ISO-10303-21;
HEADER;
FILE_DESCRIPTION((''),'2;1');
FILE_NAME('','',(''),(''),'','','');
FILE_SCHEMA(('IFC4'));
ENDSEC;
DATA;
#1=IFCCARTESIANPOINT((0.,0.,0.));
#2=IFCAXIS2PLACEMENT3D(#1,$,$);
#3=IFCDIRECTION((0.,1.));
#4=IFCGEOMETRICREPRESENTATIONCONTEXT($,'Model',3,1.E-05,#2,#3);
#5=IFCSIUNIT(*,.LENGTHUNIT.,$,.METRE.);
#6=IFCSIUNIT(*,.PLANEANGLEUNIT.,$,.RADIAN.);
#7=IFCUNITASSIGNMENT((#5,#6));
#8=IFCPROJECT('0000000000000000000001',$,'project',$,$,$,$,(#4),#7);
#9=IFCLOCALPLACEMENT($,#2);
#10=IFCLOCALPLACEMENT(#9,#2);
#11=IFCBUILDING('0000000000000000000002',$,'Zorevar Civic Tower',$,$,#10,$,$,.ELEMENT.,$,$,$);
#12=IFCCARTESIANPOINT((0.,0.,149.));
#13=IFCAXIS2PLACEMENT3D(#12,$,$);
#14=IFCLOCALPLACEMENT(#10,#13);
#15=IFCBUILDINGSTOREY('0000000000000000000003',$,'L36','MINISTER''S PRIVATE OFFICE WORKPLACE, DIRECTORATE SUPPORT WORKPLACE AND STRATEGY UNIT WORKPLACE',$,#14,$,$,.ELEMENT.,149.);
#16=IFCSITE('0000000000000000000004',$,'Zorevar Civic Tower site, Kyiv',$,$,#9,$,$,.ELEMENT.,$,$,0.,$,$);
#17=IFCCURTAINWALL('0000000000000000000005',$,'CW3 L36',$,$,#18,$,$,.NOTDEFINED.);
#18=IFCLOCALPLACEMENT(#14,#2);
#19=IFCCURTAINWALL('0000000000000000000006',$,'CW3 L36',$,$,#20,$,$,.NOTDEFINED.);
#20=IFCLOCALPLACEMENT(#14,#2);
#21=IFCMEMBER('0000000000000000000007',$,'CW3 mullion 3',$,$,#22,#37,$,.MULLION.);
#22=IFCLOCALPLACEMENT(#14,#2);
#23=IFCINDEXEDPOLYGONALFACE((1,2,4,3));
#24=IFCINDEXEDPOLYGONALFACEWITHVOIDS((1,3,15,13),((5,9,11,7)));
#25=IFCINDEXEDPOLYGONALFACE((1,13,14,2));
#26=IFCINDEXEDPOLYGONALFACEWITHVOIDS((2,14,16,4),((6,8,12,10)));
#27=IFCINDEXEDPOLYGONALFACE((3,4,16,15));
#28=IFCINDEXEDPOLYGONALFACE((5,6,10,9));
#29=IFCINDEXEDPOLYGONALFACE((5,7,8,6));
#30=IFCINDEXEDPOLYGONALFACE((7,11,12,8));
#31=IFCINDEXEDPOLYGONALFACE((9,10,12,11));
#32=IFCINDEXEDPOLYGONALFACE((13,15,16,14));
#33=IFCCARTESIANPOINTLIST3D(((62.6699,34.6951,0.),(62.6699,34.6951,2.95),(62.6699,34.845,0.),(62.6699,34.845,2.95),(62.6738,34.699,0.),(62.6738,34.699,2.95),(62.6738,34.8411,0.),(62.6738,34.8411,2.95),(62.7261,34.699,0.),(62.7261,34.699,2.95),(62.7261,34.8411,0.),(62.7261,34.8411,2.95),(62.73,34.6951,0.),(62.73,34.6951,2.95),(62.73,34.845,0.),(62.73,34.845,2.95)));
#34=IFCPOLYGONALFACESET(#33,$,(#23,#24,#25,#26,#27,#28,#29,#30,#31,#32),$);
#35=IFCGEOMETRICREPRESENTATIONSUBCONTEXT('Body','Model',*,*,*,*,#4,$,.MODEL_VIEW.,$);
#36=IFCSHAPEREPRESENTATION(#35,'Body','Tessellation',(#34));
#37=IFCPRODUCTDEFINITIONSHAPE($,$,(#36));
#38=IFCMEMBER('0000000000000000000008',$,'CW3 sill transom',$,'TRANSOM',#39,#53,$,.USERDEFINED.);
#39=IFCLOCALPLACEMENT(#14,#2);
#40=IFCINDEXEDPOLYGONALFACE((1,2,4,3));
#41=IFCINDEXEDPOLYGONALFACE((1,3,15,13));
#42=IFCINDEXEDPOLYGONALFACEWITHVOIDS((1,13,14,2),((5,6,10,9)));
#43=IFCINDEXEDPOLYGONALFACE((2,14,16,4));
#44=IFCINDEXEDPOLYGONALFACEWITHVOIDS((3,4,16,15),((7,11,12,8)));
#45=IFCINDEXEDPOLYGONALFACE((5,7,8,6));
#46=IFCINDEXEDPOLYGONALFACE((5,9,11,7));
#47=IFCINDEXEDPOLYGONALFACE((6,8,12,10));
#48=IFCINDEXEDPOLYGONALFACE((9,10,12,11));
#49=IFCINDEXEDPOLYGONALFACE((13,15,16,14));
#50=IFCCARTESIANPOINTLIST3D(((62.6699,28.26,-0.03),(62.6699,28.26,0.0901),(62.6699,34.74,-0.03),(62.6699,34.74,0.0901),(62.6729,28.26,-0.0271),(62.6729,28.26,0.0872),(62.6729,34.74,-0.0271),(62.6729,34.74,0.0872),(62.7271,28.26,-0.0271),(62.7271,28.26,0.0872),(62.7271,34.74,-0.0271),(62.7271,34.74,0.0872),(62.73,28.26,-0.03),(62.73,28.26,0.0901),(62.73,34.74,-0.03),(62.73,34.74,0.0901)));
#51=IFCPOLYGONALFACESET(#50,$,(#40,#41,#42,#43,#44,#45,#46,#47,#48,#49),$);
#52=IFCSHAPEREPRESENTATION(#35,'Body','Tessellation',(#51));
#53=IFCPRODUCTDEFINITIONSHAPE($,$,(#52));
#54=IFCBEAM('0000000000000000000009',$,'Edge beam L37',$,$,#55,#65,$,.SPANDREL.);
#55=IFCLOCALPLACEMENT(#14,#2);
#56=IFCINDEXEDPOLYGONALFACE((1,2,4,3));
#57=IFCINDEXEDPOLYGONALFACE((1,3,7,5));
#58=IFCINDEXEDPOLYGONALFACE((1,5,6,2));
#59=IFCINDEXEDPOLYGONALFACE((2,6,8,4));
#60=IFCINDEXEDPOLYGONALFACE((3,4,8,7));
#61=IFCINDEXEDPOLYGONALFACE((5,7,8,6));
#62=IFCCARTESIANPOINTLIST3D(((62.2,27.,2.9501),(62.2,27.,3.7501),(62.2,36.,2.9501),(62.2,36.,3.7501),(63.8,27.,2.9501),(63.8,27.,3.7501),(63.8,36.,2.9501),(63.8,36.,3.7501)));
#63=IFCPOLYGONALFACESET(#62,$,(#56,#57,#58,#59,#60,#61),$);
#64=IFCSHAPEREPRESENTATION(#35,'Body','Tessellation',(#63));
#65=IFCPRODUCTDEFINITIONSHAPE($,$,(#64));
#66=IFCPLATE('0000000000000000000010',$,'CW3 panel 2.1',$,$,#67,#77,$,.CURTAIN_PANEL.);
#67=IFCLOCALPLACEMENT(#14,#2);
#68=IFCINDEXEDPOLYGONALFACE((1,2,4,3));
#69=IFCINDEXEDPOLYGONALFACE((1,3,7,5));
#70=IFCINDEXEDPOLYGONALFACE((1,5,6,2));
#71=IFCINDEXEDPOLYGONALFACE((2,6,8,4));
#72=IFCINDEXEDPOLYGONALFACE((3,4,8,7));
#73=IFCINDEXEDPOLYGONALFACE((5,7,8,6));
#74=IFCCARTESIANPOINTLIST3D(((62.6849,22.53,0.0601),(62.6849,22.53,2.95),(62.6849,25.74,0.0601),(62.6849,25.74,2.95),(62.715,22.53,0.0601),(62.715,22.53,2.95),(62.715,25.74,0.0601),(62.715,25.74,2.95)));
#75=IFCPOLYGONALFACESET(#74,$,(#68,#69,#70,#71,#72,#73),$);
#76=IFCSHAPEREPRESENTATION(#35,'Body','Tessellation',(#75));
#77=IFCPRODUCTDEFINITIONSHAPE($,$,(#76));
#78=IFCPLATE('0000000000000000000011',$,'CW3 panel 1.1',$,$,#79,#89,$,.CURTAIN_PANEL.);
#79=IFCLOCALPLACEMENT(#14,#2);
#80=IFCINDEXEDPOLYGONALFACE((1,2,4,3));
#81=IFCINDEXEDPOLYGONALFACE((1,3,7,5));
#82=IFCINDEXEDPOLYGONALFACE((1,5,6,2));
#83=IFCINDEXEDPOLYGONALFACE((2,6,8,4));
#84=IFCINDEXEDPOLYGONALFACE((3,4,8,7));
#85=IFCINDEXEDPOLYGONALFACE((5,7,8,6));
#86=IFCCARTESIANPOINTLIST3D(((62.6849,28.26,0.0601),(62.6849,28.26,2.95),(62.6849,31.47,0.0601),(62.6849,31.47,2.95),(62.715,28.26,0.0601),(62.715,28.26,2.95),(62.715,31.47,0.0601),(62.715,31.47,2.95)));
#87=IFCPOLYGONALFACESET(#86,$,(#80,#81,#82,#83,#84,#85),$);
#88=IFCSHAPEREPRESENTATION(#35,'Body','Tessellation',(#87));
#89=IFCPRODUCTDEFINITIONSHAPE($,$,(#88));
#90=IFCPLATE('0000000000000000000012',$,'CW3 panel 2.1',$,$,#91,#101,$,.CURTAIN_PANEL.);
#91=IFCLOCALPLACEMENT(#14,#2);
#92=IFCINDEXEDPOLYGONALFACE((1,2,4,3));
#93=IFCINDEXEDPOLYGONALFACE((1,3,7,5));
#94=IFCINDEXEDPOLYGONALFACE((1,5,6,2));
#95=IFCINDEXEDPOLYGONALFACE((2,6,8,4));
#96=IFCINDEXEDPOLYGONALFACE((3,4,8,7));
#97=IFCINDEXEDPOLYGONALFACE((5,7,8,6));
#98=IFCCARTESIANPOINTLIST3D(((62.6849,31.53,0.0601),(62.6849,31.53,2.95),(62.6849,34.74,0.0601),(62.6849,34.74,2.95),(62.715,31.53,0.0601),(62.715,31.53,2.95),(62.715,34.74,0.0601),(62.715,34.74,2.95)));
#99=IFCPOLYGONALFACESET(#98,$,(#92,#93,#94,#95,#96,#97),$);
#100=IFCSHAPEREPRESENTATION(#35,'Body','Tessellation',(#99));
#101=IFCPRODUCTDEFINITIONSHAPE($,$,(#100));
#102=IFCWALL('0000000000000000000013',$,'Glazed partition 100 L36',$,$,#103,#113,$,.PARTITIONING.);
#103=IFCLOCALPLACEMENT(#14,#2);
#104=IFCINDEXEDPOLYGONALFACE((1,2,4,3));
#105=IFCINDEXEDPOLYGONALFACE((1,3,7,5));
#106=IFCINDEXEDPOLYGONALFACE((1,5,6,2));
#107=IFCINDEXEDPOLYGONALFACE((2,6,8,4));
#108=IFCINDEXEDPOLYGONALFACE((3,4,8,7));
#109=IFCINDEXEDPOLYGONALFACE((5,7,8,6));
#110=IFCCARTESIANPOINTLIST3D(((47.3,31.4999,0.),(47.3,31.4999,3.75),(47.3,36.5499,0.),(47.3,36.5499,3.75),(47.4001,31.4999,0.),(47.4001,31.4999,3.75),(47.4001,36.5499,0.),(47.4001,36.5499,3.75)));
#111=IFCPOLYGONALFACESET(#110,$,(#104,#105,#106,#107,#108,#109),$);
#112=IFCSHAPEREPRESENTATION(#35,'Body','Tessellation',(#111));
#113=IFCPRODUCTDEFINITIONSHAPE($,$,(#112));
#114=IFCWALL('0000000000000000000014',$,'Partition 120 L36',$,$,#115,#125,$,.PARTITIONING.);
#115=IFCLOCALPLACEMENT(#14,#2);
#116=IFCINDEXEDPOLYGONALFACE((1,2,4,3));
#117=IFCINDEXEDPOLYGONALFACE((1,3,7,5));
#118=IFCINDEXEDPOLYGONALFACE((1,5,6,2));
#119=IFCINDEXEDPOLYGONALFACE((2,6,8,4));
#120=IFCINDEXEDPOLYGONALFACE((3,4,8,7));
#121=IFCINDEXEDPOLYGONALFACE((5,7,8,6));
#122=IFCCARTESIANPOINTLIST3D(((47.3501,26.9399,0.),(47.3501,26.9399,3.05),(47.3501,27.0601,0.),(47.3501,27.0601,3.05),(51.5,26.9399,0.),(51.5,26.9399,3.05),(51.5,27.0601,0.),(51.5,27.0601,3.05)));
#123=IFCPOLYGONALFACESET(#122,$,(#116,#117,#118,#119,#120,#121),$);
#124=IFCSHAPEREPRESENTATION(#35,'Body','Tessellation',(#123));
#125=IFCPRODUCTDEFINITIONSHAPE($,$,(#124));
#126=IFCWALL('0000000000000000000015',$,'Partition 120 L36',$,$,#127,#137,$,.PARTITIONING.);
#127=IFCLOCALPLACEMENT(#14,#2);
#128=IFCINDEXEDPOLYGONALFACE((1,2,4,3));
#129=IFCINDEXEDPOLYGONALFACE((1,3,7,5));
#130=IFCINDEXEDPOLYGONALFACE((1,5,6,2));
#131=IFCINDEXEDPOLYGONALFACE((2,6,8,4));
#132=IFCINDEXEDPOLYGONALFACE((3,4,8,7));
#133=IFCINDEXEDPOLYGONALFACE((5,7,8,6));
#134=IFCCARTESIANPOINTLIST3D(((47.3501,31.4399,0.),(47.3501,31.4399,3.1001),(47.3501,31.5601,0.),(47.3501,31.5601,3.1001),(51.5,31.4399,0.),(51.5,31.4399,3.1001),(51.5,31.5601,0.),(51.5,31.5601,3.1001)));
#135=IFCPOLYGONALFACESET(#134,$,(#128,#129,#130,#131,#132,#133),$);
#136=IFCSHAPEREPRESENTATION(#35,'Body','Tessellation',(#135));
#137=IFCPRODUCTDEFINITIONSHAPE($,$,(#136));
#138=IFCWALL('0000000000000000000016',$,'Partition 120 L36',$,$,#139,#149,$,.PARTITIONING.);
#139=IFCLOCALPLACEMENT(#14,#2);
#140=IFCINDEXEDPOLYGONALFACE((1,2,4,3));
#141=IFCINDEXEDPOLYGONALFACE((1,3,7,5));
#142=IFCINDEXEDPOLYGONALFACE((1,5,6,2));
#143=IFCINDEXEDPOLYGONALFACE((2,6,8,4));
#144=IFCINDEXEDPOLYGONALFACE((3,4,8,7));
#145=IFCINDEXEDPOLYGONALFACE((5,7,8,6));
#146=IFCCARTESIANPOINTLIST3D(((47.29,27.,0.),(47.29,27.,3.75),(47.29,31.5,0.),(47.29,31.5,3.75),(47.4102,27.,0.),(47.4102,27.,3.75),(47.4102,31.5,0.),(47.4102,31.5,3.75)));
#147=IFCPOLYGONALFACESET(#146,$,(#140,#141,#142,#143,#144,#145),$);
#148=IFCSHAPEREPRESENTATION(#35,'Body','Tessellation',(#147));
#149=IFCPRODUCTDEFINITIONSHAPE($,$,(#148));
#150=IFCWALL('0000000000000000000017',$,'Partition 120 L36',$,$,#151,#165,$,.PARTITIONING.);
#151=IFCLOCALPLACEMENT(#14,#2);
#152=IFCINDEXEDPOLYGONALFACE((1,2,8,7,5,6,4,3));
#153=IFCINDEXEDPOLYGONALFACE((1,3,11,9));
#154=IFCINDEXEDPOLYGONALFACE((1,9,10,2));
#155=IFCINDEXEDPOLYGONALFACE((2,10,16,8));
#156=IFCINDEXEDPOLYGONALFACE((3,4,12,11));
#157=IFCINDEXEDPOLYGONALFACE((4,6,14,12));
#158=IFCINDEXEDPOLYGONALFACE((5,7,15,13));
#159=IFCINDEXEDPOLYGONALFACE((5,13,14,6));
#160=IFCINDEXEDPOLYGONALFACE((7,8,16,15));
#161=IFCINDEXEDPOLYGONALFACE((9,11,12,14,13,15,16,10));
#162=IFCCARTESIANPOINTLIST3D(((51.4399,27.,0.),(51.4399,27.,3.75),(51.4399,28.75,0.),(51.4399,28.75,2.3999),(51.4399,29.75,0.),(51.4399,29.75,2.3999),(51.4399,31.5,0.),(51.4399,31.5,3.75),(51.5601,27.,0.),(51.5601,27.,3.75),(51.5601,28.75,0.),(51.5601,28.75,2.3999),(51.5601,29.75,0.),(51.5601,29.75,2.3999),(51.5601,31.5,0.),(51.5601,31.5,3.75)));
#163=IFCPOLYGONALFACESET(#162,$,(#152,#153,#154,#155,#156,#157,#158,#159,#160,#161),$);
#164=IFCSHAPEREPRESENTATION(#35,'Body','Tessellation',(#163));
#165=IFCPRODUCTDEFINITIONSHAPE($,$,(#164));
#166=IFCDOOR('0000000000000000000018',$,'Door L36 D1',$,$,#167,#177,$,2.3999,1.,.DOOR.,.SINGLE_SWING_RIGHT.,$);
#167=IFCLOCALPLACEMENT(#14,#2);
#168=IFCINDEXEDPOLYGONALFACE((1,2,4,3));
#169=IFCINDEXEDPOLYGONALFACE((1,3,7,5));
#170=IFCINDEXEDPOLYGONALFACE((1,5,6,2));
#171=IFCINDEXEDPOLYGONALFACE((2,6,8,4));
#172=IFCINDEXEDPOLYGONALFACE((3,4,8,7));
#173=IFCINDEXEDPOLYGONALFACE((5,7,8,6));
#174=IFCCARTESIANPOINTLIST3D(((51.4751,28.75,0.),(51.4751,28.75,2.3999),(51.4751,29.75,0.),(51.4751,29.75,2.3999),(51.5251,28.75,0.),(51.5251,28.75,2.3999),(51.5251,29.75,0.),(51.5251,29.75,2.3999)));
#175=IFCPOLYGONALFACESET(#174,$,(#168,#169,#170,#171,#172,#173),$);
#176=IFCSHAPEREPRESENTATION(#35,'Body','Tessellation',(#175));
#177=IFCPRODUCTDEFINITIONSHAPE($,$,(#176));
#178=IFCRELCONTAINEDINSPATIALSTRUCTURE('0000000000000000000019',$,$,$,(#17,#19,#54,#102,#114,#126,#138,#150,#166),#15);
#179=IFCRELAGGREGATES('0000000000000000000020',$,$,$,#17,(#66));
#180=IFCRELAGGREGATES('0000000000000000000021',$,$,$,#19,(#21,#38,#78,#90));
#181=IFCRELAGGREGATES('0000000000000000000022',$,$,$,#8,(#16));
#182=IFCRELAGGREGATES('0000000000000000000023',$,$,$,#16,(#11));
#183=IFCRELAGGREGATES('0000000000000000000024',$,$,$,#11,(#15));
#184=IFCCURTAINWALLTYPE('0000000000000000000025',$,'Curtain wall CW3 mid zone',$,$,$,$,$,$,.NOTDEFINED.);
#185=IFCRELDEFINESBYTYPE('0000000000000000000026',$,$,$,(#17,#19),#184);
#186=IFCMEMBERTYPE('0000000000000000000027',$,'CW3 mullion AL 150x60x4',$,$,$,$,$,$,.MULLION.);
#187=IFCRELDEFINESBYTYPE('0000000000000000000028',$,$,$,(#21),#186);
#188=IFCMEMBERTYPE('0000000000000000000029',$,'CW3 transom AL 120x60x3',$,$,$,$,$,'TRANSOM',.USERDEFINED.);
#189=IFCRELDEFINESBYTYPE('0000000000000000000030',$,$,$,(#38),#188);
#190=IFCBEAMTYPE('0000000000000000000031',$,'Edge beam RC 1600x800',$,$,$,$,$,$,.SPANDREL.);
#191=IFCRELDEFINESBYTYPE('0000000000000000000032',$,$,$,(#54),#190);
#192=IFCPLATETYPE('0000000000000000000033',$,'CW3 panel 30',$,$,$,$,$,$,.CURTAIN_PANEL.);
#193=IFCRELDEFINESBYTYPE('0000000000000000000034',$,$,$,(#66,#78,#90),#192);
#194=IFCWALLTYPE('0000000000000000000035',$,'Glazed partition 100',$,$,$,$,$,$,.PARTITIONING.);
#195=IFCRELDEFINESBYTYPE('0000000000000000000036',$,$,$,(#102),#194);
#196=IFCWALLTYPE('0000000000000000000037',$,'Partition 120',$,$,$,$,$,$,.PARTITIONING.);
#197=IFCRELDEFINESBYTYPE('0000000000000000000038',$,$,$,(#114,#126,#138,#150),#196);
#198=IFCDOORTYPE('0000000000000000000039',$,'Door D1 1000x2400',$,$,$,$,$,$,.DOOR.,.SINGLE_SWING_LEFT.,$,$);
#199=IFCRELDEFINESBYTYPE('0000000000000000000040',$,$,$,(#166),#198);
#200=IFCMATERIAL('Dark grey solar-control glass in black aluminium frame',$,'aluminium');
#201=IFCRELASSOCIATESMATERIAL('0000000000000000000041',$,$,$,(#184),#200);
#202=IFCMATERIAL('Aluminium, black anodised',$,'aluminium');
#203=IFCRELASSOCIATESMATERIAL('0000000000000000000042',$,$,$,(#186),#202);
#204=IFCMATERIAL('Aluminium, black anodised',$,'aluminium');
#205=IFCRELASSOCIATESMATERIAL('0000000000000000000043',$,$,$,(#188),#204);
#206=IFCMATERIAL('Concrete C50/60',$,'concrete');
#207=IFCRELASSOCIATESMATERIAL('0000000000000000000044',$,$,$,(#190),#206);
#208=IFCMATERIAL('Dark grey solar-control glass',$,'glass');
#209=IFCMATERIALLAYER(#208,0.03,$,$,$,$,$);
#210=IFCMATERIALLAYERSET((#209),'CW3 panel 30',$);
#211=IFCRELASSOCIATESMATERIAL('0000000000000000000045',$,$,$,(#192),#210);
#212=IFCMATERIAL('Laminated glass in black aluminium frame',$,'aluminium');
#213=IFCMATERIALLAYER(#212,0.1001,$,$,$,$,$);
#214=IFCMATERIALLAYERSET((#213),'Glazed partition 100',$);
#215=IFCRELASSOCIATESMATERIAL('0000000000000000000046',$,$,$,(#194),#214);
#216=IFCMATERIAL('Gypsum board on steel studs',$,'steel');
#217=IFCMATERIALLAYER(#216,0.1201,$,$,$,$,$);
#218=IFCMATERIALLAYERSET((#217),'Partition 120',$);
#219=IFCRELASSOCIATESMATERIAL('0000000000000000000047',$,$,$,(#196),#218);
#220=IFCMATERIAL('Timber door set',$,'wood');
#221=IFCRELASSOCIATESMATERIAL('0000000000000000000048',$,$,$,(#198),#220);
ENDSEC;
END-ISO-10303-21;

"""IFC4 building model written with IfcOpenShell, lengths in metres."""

from ifc_helpers import new_model, si_unit, direction, frame, frame_2d, origin, origin_2d, place, context, subcontext, project, spatial, rectangle, hollow_rectangle, extrude, material, layer, layer_set, material_profile, profile_set, type_object, element, fill, aggregate, save


model = new_model("IFC4")

# Units and contexts
model_context = context("Model", 3, precision=1e-05, world=origin(), true_north=direction((0.0, 1.0)))
body_context = subcontext(model_context, "Body", "Model", "MODEL_VIEW")
ifc_project = project(units=[si_unit("LENGTHUNIT", "METRE"), si_unit("PLANEANGLEUNIT", "RADIAN")], contexts=[model_context])

# Site, building, storey
site_placement = place(None, origin())
site = spatial("IfcSite", under=ifc_project, at=site_placement, Name="Zorevar Civic Tower site, Kyiv", CompositionType="ELEMENT", RefElevation=0.0)
building_placement = place(site_placement, origin())
building = spatial("IfcBuilding", under=site, at=building_placement, Name="Zorevar Civic Tower", CompositionType="ELEMENT")
storey_placement = place(building_placement, frame((0.0, 0.0, 149.0)))
storey = spatial("IfcBuildingStorey", under=building, at=storey_placement, Name="L36", Description="MINISTER'S PRIVATE OFFICE WORKPLACE, DIRECTORATE SUPPORT WORKPLACE AND STRATEGY UNIT WORKPLACE", CompositionType="ELEMENT", Elevation=149.0)

# Curtain walls, members
ifc_material_1 = material(Name="Dark grey solar-control glass in black aluminium frame", Category="aluminium")
curtain_wall_type = type_object("IfcCurtainWallType", Name="Curtain wall CW3 mid zone", PredefinedType="NOTDEFINED", material=ifc_material_1)
curtain_wall_1_placement = place(storey_placement, origin())
curtain_wall_1 = element("IfcCurtainWall", 1, at=curtain_wall_1_placement, inside=storey, type_object=curtain_wall_type, Name="CW3 L36", PredefinedType="NOTDEFINED")
ifc_material_2 = material(Name="Aluminium, black anodised", Category="aluminium")
ifc_material_profile_1 = material_profile(ifc_material_2, hollow_rectangle(XDim=0.0601, YDim=0.1499, WallThickness=0.0039, at=origin_2d()), Name="AL 150x60x4")
ifc_profile_set_1 = profile_set([ifc_material_profile_1], Name="Aluminium, black anodised")
member_type_1 = type_object("IfcMemberType", Name="CW3 mullion AL 150x60x4", PredefinedType="MULLION", material=ifc_profile_set_1)
curtain_wall_2_placement = place(storey_placement, origin())
curtain_wall_2 = element("IfcCurtainWall", 2, at=curtain_wall_2_placement, inside=storey, type_object=curtain_wall_type, Name="CW3 L36", PredefinedType="NOTDEFINED")
member_1_placement = place(storey_placement, frame((62.7, 34.77, 0.0), z_axis=(0.0, 0.0, 1.0), x_axis=(-1.0, 0.0, 0.0)))
member_1 = element("IfcMember", 3, at=member_1_placement, type_object=member_type_1, Name="CW3 mullion 3", PredefinedType="MULLION", context=body_context, shape_type="SweptSolid", body=[
    extrude(hollow_rectangle(XDim=0.0601, YDim=0.1499, WallThickness=0.0039, at=origin_2d()), origin(), (0.0, 0.0, 1.0), 2.95),
])
ifc_material_3 = material(Name="Aluminium, black anodised", Category="aluminium")
ifc_material_profile_2 = material_profile(ifc_material_3, hollow_rectangle(XDim=0.0601, YDim=0.1201, WallThickness=0.0029, at=origin_2d()), Name="AL 120x60x3")
ifc_profile_set_2 = profile_set([ifc_material_profile_2], Name="Aluminium, black anodised")
member_type_2 = type_object("IfcMemberType", Name="CW3 transom AL 120x60x3", ElementType="TRANSOM", PredefinedType="USERDEFINED", material=ifc_profile_set_2)
member_2_placement = place(storey_placement, frame((62.7, 28.26, 0.03), z_axis=(0.0, 1.0, 0.0), x_axis=(-1.0, 0.0, 0.0)))
member_2 = element("IfcMember", 4, at=member_2_placement, type_object=member_type_2, Name="CW3 sill transom", ObjectType="TRANSOM", PredefinedType="USERDEFINED", context=body_context, shape_type="SweptSolid", body=[
    extrude(hollow_rectangle(XDim=0.0601, YDim=0.1201, WallThickness=0.0029, at=origin_2d()), origin(), (0.0, 0.0, 1.0), 6.48),
])

# Beam
ifc_material_4 = material(Name="Concrete C50/60", Category="concrete")
ifc_material_profile_3 = material_profile(ifc_material_4, rectangle(XDim=1.6001, YDim=0.8, at=origin_2d()), Name="RC 1600x800")
ifc_profile_set_3 = profile_set([ifc_material_profile_3], Name="Concrete C50/60")
beam_type_1 = type_object("IfcBeamType", Name="Edge beam RC 1600x800", PredefinedType="SPANDREL", material=ifc_profile_set_3)
beam_placement = place(storey_placement, frame((63.0, 27.0, 3.3501), z_axis=(0.0, 1.0, 0.0), x_axis=(-1.0, 0.0, 0.0)))
element("IfcBeam", 5, at=beam_placement, inside=storey, type_object=beam_type_1, Name="Edge beam L37", PredefinedType="SPANDREL", context=body_context, shape_type="SweptSolid", body=[
    extrude(rectangle(XDim=1.6001, YDim=0.8, at=origin_2d()), origin(), (0.0, 0.0, 1.0), 9.0),
])

# Plates
ifc_material_5 = material(Name="Dark grey solar-control glass", Category="glass")
ifc_layer_1 = layer(ifc_material_5, 0.03)
ifc_layer_set_1 = layer_set([ifc_layer_1], Name="CW3 panel 30")
plate_type = type_object("IfcPlateType", Name="CW3 panel 30", PredefinedType="CURTAIN_PANEL", material=ifc_layer_set_1)
plate_1_placement = place(storey_placement, frame((62.7, 24.135, 0.0601), z_axis=(0.0, 0.0, 1.0), x_axis=(0.0, 1.0, 0.0)))
plate_1 = element("IfcPlate", 6, at=plate_1_placement, type_object=plate_type, Name="CW3 panel 2.1", PredefinedType="CURTAIN_PANEL", context=body_context, shape_type="SweptSolid", body=[
    extrude(rectangle(XDim=3.21, YDim=0.03, at=origin_2d()), origin(), (0.0, 0.0, 1.0), 2.8899),
])
aggregate(curtain_wall_1, [plate_1])
plate_2_placement = place(storey_placement, frame((62.7, 29.865, 0.0601), z_axis=(0.0, 0.0, 1.0), x_axis=(0.0, 1.0, 0.0)))
plate_2 = element("IfcPlate", 7, at=plate_2_placement, type_object=plate_type, Name="CW3 panel 1.1", PredefinedType="CURTAIN_PANEL", context=body_context, shape_type="SweptSolid", body=[
    extrude(rectangle(XDim=3.21, YDim=0.03, at=origin_2d()), origin(), (0.0, 0.0, 1.0), 2.8899),
])
plate_3_placement = place(storey_placement, frame((62.7, 33.135, 0.0601), z_axis=(0.0, 0.0, 1.0), x_axis=(0.0, 1.0, 0.0)))
plate_3 = element("IfcPlate", 8, at=plate_3_placement, type_object=plate_type, Name="CW3 panel 2.1", PredefinedType="CURTAIN_PANEL", context=body_context, shape_type="SweptSolid", body=[
    extrude(rectangle(XDim=3.21, YDim=0.03, at=origin_2d()), origin(), (0.0, 0.0, 1.0), 2.8899),
])
aggregate(curtain_wall_2, [member_1, member_2, plate_2, plate_3])

# Walls
ifc_material_6 = material(Name="Laminated glass in black aluminium frame", Category="aluminium")
ifc_layer_2 = layer(ifc_material_6, 0.1001)
ifc_layer_set_2 = layer_set([ifc_layer_2], Name="Glazed partition 100")
wall_type_1 = type_object("IfcWallType", Name="Glazed partition 100", PredefinedType="PARTITIONING", material=ifc_layer_set_2)
wall_1_placement = place(storey_placement, frame((47.3501, 31.5, 0.0), z_axis=(0.0, 0.0, 1.0), x_axis=(0.0, 1.0, 0.0)))
element("IfcWall", 9, at=wall_1_placement, inside=storey, type_object=wall_type_1, Name="Glazed partition 100 L36", PredefinedType="PARTITIONING", context=body_context, shape_type="SweptSolid", body=[
    extrude(rectangle(XDim=5.05, YDim=0.1001, at=frame_2d((2.5249, 0.0))), origin(), (0.0, 0.0, 1.0), 3.75),
])
ifc_material_7 = material(Name="Gypsum board on steel studs", Category="steel")
ifc_layer_3 = layer(ifc_material_7, 0.1201)
ifc_layer_set_3 = layer_set([ifc_layer_3], Name="Partition 120")
wall_type_2 = type_object("IfcWallType", Name="Partition 120", PredefinedType="PARTITIONING", material=ifc_layer_set_3)
wall_2_placement = place(storey_placement, frame((47.3501, 27.0, 0.0), z_axis=(0.0, 0.0, 1.0), x_axis=(1.0, 0.0, 0.0)))
element("IfcWall", 10, at=wall_2_placement, inside=storey, type_object=wall_type_2, Name="Partition 120 L36", PredefinedType="PARTITIONING", context=body_context, shape_type="SweptSolid", body=[
    extrude(rectangle(XDim=4.1499, YDim=0.1201, at=frame_2d((2.075, 0.0))), origin(), (0.0, 0.0, 1.0), 3.05),
])
wall_3_placement = place(storey_placement, frame((47.3501, 31.5, 0.0), z_axis=(0.0, 0.0, 1.0), x_axis=(1.0, 0.0, 0.0)))
element("IfcWall", 11, at=wall_3_placement, inside=storey, type_object=wall_type_2, Name="Partition 120 L36", PredefinedType="PARTITIONING", context=body_context, shape_type="SweptSolid", body=[
    extrude(rectangle(XDim=4.1499, YDim=0.1201, at=frame_2d((2.075, 0.0))), origin(), (0.0, 0.0, 1.0), 3.1001),
])
wall_4_placement = place(storey_placement, frame((47.3501, 27.0, 0.0), z_axis=(0.0, 0.0, 1.0), x_axis=(0.0, 1.0, 0.0)))
element("IfcWall", 12, at=wall_4_placement, inside=storey, type_object=wall_type_2, Name="Partition 120 L36", PredefinedType="PARTITIONING", context=body_context, shape_type="SweptSolid", body=[
    extrude(rectangle(XDim=4.5, YDim=0.1201, at=frame_2d((2.25, 0.0))), origin(), (0.0, 0.0, 1.0), 3.75),
])

# Wall, opening, door
wall_5_placement = place(storey_placement, frame((51.5, 27.0, 0.0), z_axis=(0.0, 0.0, 1.0), x_axis=(0.0, 1.0, 0.0)))
wall_5 = element("IfcWall", 13, at=wall_5_placement, inside=storey, type_object=wall_type_2, Name="Partition 120 L36", PredefinedType="PARTITIONING", context=body_context, shape_type="SweptSolid", body=[
    extrude(rectangle(XDim=4.5, YDim=0.1201, at=frame_2d((2.25, 0.0))), origin(), (0.0, 0.0, 1.0), 3.75),
])
opening_placement = place(wall_5_placement, frame((1.75, 0.0, 0.0)))
opening = element("IfcOpeningElement", 14, at=opening_placement, cuts=wall_5, PredefinedType="OPENING", context=body_context, shape_type="SweptSolid", body=[
    extrude(rectangle(XDim=1.0, YDim=2.3999, at=frame_2d((0.5, 1.2))), frame((0.0, 0.0701, 0.0), z_axis=(0.0, -1.0, 0.0), x_axis=(1.0, 0.0, 0.0)), (0.0, 0.0, 1.0), 0.1401),
])
ifc_material_8 = material(Name="Timber door set", Category="wood")
door_type = type_object("IfcDoorType", Name="Door D1 1000x2400", OperationType="SINGLE_SWING_LEFT", PredefinedType="DOOR", material=ifc_material_8)
door_placement = place(opening_placement, origin())
door = element("IfcDoor", 15, at=door_placement, inside=storey, type_object=door_type, Name="Door L36 D1", OperationType="SINGLE_SWING_RIGHT", OverallHeight=2.3999, OverallWidth=1.0, PredefinedType="DOOR", context=body_context, shape_type="SweptSolid", body=[
    extrude(rectangle(XDim=1.0, YDim=2.3999, at=frame_2d((0.5, 1.2))), frame((0.0, 0.0249, 0.0), z_axis=(0.0, -1.0, 0.0), x_axis=(1.0, 0.0, 0.0)), (0.0, 0.0, 1.0), 0.05),
])
fill(opening, door)

save(model, "model.ifc")
